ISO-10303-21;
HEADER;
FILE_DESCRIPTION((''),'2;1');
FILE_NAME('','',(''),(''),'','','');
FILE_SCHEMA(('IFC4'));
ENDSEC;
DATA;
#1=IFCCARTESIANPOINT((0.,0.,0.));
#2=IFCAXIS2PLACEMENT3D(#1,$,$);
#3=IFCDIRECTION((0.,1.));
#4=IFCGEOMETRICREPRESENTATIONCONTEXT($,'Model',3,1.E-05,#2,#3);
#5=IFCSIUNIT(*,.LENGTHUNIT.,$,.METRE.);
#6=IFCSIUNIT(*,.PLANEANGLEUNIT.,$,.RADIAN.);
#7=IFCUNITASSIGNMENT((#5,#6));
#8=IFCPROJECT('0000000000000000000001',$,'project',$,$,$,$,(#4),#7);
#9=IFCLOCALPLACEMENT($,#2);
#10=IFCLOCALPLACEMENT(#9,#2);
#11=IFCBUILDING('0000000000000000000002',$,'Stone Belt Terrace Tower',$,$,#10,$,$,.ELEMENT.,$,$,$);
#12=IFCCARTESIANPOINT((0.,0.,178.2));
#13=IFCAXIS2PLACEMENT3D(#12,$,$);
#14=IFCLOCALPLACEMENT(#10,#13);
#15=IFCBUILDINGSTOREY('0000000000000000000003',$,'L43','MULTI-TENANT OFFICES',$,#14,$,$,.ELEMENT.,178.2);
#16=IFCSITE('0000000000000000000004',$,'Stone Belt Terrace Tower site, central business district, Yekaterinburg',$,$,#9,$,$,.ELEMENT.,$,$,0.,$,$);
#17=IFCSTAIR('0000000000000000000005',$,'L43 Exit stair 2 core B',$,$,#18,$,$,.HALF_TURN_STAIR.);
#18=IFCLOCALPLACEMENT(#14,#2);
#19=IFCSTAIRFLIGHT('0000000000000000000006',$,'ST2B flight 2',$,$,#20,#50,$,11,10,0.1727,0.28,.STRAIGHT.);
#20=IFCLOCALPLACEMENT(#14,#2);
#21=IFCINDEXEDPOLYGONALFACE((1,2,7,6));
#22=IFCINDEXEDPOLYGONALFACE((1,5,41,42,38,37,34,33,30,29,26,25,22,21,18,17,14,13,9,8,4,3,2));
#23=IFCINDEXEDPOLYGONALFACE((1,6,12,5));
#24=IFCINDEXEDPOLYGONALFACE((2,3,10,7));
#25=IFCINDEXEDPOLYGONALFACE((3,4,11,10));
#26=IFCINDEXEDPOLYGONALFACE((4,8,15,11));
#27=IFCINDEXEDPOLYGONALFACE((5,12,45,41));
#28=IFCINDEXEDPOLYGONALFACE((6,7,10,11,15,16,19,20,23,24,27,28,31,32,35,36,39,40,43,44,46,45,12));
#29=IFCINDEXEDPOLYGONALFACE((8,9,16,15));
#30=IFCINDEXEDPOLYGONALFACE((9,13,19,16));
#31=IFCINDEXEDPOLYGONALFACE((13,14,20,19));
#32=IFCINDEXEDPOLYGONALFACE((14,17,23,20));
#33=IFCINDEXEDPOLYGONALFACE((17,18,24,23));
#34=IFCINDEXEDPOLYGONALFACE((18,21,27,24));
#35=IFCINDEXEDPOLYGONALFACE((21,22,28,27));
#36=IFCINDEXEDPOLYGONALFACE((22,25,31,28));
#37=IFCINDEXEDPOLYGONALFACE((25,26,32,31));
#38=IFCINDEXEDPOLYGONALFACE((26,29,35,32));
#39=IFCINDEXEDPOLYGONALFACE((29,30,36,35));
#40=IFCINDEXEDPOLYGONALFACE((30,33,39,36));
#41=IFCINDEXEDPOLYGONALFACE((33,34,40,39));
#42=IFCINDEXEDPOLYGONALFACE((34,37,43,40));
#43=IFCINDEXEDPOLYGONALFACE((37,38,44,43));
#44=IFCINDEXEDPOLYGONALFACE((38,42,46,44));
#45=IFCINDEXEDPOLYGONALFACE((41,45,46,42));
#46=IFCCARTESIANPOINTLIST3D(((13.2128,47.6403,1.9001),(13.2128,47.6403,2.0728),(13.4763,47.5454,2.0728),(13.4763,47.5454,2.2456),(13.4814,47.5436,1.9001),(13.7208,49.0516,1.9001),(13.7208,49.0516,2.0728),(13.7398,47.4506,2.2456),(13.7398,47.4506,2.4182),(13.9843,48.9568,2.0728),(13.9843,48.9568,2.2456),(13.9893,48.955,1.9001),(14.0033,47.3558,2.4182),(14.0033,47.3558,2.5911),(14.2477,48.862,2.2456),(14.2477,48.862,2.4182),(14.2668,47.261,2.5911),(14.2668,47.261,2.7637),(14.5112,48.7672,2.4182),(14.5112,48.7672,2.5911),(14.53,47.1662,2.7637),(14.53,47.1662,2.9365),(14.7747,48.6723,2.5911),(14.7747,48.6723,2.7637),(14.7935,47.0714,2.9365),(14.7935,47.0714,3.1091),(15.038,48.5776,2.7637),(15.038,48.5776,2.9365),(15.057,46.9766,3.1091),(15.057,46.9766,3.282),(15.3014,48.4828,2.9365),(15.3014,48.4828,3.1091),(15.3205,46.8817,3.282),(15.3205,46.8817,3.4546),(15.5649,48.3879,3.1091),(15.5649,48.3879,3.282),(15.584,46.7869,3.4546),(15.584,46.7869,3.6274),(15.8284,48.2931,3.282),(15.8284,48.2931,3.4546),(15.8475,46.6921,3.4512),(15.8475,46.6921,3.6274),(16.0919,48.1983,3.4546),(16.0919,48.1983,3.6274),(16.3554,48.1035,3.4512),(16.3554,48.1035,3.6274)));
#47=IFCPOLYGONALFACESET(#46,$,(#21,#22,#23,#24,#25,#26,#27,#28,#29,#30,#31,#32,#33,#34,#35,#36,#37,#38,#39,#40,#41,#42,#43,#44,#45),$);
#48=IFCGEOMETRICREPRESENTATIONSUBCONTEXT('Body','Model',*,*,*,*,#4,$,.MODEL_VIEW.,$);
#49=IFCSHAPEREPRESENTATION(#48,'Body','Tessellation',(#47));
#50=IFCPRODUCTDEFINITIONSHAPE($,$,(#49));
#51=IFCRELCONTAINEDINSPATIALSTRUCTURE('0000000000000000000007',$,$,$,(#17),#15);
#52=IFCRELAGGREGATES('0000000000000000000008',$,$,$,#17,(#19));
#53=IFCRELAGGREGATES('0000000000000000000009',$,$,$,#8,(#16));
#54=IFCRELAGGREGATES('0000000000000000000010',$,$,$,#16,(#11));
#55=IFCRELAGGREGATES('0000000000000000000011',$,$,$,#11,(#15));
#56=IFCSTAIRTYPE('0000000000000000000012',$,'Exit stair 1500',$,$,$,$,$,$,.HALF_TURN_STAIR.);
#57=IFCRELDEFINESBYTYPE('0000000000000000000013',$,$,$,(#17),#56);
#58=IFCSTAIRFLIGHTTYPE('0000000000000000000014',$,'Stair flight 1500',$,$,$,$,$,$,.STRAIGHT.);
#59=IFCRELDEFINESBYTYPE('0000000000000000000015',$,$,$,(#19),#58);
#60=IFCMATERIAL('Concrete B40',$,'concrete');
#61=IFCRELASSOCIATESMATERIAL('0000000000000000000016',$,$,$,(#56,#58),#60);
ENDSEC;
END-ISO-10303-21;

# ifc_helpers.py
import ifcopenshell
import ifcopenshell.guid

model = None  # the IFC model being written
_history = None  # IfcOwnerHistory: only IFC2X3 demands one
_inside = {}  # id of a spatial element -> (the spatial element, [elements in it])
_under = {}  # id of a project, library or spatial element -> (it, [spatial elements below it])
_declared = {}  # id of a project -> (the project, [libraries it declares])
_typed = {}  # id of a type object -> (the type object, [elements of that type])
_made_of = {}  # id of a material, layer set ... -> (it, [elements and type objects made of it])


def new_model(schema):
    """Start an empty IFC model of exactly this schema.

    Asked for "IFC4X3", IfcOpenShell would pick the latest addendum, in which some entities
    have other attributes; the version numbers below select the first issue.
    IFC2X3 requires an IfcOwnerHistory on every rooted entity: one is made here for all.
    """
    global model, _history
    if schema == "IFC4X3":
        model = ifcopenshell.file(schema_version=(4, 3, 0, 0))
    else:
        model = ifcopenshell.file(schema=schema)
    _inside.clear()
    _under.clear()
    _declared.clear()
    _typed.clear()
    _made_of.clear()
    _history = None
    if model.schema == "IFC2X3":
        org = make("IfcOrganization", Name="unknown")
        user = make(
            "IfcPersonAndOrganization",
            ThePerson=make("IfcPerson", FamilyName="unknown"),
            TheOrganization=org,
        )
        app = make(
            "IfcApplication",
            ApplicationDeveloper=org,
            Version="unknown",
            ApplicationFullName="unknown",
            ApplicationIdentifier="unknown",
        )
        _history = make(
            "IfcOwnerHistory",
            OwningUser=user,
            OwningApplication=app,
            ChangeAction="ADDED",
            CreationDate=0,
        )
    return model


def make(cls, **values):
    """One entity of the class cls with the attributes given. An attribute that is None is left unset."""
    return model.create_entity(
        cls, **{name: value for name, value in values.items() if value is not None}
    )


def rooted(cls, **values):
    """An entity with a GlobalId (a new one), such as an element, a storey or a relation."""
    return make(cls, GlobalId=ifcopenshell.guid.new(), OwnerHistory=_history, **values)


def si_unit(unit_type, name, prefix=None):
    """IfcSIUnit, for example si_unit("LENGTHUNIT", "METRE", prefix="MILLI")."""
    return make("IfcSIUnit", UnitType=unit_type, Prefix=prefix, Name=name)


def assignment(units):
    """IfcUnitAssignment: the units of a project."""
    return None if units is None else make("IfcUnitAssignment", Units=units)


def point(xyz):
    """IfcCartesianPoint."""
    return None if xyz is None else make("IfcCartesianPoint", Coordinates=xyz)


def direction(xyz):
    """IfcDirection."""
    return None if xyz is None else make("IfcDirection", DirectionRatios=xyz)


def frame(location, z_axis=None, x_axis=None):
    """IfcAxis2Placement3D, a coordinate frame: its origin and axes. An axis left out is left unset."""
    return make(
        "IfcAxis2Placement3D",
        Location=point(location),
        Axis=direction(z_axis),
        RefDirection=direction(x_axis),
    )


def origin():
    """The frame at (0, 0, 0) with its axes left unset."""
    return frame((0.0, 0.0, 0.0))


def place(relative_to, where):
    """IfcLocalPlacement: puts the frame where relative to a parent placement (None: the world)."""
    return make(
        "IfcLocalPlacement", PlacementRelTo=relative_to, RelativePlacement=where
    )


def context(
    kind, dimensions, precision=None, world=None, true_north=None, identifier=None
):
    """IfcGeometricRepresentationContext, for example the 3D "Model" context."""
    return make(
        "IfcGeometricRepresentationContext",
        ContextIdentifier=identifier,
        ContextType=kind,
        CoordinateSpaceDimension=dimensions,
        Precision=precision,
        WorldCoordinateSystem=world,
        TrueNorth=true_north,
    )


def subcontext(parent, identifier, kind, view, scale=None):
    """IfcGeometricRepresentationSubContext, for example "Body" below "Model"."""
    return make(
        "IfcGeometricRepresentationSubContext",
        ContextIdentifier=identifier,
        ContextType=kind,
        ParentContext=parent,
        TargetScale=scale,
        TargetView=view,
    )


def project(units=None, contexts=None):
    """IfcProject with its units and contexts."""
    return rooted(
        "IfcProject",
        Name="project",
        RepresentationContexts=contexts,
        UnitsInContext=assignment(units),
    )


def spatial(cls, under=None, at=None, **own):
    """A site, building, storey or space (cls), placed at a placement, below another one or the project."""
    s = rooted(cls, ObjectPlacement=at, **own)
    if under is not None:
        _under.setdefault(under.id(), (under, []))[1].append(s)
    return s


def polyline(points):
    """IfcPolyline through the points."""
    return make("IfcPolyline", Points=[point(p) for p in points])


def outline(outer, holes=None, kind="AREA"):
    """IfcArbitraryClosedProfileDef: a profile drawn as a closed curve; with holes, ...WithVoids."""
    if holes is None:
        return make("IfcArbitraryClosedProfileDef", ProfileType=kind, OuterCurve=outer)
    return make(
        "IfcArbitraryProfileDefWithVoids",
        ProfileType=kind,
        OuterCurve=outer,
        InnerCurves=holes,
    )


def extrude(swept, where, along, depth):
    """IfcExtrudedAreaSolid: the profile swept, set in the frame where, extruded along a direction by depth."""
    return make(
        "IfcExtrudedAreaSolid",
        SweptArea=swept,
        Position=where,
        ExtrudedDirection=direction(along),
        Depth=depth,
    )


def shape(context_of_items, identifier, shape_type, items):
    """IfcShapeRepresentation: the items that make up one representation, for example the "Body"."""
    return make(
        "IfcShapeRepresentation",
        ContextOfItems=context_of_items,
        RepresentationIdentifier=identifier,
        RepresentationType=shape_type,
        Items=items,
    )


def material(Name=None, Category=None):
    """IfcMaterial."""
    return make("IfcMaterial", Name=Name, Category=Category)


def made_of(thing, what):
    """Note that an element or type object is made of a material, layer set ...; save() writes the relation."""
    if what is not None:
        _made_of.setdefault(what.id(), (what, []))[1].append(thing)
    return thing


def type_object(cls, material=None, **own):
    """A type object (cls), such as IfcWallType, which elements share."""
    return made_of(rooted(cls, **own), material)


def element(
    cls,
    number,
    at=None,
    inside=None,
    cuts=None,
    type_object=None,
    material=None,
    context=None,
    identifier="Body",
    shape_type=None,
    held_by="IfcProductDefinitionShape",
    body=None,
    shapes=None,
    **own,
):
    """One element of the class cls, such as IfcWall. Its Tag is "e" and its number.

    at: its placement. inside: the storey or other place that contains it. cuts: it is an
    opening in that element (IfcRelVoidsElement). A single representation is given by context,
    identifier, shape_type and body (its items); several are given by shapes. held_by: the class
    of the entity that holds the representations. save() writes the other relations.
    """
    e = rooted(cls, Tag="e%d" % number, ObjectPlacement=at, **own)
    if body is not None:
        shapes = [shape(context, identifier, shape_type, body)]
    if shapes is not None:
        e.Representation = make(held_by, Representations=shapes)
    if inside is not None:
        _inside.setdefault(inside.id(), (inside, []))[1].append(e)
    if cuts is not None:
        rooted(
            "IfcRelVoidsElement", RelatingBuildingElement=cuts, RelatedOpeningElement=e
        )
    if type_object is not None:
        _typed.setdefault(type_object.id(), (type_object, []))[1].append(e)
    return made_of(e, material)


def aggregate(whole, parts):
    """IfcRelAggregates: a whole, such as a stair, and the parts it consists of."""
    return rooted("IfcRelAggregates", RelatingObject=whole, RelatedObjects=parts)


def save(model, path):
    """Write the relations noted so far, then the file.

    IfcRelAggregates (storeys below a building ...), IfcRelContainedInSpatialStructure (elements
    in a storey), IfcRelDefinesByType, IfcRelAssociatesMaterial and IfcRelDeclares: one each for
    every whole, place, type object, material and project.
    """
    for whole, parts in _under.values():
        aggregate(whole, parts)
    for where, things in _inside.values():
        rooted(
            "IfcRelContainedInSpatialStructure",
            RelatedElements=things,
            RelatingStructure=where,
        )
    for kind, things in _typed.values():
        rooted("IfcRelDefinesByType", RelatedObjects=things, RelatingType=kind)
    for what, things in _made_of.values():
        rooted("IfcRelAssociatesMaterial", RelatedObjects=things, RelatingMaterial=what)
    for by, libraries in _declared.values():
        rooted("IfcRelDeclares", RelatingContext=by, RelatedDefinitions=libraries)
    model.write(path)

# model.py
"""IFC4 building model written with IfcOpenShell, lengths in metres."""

from ifc_helpers import new_model, si_unit, direction, frame, origin, place, context, subcontext, project, spatial, polyline, outline, extrude, material, type_object, element, aggregate, save


model = new_model("IFC4")

# Units and contexts
model_context = context("Model", 3, precision=1e-05, world=origin(), true_north=direction((0.0, 1.0)))
body_context = subcontext(model_context, "Body", "Model", "MODEL_VIEW")
ifc_project = project(units=[si_unit("LENGTHUNIT", "METRE"), si_unit("PLANEANGLEUNIT", "RADIAN")], contexts=[model_context])

# Site, building, storey
site_placement = place(None, origin())
site = spatial("IfcSite", under=ifc_project, at=site_placement, Name="Stone Belt Terrace Tower site, central business district, Yekaterinburg", CompositionType="ELEMENT", RefElevation=0.0)
building_placement = place(site_placement, origin())
building = spatial("IfcBuilding", under=site, at=building_placement, Name="Stone Belt Terrace Tower", CompositionType="ELEMENT")
storey_placement = place(building_placement, frame((0.0, 0.0, 178.2)))
storey = spatial("IfcBuildingStorey", under=building, at=storey_placement, Name="L43", Description="MULTI-TENANT OFFICES", CompositionType="ELEMENT", Elevation=178.2)

# Stair, stair flight
ifc_material_1 = material(Name="Concrete B40", Category="concrete")
stair_type = type_object("IfcStairType", Name="Exit stair 1500", PredefinedType="HALF_TURN_STAIR", material=ifc_material_1)
stair_placement = place(storey_placement, origin())
stair = element("IfcStair", 1, at=stair_placement, inside=storey, type_object=stair_type, Name="L43 Exit stair 2 core B", PredefinedType="HALF_TURN_STAIR")
stair_flight_type = type_object("IfcStairFlightType", Name="Stair flight 1500", PredefinedType="STRAIGHT", material=ifc_material_1)
stair_flight_placement = place(storey_placement, frame((13.4668, 48.3459, 1.9001), z_axis=(0.0, 0.0, 1.0), x_axis=(0.940922, -0.338624, 0.0)))
stair_flight = element("IfcStairFlight", 2, at=stair_flight_placement, type_object=stair_flight_type, Name="ST2B flight 2", NumberOfRisers=11, NumberOfTreads=10, PredefinedType="STRAIGHT", RiserHeight=0.1727, TreadLength=0.28, context=body_context, shape_type="SweptSolid", body=[
    extrude(outline(polyline([(0.0, 0.0), (0.0, 0.1726), (0.28, 0.1726), (0.28, 0.3455), (0.5601, 0.3455), (0.5601, 0.5181), (0.8401, 0.5181), (0.8401, 0.6909), (1.1201, 0.6909), (1.1201, 0.8635), (1.3999, 0.8635), (1.3999, 1.0364), (1.6799, 1.0364), (1.6799, 1.209), (1.96, 1.209), (1.96, 1.3818), (2.24, 1.3818), (2.24, 1.5544), (2.52, 1.5544), (2.52, 1.7273), (2.8, 1.7273), (2.8, 1.8999), (2.8, 1.551), (0.2854, 0.0), (0.0, 0.0)])), frame((0.0, 0.75, 0.0), z_axis=(0.0, -1.0, 0.0), x_axis=(1.0, 0.0, 0.0)), (0.0, 0.0, 1.0), 1.5),
])
aggregate(stair, [stair_flight])

save(model, "model.ifc")
